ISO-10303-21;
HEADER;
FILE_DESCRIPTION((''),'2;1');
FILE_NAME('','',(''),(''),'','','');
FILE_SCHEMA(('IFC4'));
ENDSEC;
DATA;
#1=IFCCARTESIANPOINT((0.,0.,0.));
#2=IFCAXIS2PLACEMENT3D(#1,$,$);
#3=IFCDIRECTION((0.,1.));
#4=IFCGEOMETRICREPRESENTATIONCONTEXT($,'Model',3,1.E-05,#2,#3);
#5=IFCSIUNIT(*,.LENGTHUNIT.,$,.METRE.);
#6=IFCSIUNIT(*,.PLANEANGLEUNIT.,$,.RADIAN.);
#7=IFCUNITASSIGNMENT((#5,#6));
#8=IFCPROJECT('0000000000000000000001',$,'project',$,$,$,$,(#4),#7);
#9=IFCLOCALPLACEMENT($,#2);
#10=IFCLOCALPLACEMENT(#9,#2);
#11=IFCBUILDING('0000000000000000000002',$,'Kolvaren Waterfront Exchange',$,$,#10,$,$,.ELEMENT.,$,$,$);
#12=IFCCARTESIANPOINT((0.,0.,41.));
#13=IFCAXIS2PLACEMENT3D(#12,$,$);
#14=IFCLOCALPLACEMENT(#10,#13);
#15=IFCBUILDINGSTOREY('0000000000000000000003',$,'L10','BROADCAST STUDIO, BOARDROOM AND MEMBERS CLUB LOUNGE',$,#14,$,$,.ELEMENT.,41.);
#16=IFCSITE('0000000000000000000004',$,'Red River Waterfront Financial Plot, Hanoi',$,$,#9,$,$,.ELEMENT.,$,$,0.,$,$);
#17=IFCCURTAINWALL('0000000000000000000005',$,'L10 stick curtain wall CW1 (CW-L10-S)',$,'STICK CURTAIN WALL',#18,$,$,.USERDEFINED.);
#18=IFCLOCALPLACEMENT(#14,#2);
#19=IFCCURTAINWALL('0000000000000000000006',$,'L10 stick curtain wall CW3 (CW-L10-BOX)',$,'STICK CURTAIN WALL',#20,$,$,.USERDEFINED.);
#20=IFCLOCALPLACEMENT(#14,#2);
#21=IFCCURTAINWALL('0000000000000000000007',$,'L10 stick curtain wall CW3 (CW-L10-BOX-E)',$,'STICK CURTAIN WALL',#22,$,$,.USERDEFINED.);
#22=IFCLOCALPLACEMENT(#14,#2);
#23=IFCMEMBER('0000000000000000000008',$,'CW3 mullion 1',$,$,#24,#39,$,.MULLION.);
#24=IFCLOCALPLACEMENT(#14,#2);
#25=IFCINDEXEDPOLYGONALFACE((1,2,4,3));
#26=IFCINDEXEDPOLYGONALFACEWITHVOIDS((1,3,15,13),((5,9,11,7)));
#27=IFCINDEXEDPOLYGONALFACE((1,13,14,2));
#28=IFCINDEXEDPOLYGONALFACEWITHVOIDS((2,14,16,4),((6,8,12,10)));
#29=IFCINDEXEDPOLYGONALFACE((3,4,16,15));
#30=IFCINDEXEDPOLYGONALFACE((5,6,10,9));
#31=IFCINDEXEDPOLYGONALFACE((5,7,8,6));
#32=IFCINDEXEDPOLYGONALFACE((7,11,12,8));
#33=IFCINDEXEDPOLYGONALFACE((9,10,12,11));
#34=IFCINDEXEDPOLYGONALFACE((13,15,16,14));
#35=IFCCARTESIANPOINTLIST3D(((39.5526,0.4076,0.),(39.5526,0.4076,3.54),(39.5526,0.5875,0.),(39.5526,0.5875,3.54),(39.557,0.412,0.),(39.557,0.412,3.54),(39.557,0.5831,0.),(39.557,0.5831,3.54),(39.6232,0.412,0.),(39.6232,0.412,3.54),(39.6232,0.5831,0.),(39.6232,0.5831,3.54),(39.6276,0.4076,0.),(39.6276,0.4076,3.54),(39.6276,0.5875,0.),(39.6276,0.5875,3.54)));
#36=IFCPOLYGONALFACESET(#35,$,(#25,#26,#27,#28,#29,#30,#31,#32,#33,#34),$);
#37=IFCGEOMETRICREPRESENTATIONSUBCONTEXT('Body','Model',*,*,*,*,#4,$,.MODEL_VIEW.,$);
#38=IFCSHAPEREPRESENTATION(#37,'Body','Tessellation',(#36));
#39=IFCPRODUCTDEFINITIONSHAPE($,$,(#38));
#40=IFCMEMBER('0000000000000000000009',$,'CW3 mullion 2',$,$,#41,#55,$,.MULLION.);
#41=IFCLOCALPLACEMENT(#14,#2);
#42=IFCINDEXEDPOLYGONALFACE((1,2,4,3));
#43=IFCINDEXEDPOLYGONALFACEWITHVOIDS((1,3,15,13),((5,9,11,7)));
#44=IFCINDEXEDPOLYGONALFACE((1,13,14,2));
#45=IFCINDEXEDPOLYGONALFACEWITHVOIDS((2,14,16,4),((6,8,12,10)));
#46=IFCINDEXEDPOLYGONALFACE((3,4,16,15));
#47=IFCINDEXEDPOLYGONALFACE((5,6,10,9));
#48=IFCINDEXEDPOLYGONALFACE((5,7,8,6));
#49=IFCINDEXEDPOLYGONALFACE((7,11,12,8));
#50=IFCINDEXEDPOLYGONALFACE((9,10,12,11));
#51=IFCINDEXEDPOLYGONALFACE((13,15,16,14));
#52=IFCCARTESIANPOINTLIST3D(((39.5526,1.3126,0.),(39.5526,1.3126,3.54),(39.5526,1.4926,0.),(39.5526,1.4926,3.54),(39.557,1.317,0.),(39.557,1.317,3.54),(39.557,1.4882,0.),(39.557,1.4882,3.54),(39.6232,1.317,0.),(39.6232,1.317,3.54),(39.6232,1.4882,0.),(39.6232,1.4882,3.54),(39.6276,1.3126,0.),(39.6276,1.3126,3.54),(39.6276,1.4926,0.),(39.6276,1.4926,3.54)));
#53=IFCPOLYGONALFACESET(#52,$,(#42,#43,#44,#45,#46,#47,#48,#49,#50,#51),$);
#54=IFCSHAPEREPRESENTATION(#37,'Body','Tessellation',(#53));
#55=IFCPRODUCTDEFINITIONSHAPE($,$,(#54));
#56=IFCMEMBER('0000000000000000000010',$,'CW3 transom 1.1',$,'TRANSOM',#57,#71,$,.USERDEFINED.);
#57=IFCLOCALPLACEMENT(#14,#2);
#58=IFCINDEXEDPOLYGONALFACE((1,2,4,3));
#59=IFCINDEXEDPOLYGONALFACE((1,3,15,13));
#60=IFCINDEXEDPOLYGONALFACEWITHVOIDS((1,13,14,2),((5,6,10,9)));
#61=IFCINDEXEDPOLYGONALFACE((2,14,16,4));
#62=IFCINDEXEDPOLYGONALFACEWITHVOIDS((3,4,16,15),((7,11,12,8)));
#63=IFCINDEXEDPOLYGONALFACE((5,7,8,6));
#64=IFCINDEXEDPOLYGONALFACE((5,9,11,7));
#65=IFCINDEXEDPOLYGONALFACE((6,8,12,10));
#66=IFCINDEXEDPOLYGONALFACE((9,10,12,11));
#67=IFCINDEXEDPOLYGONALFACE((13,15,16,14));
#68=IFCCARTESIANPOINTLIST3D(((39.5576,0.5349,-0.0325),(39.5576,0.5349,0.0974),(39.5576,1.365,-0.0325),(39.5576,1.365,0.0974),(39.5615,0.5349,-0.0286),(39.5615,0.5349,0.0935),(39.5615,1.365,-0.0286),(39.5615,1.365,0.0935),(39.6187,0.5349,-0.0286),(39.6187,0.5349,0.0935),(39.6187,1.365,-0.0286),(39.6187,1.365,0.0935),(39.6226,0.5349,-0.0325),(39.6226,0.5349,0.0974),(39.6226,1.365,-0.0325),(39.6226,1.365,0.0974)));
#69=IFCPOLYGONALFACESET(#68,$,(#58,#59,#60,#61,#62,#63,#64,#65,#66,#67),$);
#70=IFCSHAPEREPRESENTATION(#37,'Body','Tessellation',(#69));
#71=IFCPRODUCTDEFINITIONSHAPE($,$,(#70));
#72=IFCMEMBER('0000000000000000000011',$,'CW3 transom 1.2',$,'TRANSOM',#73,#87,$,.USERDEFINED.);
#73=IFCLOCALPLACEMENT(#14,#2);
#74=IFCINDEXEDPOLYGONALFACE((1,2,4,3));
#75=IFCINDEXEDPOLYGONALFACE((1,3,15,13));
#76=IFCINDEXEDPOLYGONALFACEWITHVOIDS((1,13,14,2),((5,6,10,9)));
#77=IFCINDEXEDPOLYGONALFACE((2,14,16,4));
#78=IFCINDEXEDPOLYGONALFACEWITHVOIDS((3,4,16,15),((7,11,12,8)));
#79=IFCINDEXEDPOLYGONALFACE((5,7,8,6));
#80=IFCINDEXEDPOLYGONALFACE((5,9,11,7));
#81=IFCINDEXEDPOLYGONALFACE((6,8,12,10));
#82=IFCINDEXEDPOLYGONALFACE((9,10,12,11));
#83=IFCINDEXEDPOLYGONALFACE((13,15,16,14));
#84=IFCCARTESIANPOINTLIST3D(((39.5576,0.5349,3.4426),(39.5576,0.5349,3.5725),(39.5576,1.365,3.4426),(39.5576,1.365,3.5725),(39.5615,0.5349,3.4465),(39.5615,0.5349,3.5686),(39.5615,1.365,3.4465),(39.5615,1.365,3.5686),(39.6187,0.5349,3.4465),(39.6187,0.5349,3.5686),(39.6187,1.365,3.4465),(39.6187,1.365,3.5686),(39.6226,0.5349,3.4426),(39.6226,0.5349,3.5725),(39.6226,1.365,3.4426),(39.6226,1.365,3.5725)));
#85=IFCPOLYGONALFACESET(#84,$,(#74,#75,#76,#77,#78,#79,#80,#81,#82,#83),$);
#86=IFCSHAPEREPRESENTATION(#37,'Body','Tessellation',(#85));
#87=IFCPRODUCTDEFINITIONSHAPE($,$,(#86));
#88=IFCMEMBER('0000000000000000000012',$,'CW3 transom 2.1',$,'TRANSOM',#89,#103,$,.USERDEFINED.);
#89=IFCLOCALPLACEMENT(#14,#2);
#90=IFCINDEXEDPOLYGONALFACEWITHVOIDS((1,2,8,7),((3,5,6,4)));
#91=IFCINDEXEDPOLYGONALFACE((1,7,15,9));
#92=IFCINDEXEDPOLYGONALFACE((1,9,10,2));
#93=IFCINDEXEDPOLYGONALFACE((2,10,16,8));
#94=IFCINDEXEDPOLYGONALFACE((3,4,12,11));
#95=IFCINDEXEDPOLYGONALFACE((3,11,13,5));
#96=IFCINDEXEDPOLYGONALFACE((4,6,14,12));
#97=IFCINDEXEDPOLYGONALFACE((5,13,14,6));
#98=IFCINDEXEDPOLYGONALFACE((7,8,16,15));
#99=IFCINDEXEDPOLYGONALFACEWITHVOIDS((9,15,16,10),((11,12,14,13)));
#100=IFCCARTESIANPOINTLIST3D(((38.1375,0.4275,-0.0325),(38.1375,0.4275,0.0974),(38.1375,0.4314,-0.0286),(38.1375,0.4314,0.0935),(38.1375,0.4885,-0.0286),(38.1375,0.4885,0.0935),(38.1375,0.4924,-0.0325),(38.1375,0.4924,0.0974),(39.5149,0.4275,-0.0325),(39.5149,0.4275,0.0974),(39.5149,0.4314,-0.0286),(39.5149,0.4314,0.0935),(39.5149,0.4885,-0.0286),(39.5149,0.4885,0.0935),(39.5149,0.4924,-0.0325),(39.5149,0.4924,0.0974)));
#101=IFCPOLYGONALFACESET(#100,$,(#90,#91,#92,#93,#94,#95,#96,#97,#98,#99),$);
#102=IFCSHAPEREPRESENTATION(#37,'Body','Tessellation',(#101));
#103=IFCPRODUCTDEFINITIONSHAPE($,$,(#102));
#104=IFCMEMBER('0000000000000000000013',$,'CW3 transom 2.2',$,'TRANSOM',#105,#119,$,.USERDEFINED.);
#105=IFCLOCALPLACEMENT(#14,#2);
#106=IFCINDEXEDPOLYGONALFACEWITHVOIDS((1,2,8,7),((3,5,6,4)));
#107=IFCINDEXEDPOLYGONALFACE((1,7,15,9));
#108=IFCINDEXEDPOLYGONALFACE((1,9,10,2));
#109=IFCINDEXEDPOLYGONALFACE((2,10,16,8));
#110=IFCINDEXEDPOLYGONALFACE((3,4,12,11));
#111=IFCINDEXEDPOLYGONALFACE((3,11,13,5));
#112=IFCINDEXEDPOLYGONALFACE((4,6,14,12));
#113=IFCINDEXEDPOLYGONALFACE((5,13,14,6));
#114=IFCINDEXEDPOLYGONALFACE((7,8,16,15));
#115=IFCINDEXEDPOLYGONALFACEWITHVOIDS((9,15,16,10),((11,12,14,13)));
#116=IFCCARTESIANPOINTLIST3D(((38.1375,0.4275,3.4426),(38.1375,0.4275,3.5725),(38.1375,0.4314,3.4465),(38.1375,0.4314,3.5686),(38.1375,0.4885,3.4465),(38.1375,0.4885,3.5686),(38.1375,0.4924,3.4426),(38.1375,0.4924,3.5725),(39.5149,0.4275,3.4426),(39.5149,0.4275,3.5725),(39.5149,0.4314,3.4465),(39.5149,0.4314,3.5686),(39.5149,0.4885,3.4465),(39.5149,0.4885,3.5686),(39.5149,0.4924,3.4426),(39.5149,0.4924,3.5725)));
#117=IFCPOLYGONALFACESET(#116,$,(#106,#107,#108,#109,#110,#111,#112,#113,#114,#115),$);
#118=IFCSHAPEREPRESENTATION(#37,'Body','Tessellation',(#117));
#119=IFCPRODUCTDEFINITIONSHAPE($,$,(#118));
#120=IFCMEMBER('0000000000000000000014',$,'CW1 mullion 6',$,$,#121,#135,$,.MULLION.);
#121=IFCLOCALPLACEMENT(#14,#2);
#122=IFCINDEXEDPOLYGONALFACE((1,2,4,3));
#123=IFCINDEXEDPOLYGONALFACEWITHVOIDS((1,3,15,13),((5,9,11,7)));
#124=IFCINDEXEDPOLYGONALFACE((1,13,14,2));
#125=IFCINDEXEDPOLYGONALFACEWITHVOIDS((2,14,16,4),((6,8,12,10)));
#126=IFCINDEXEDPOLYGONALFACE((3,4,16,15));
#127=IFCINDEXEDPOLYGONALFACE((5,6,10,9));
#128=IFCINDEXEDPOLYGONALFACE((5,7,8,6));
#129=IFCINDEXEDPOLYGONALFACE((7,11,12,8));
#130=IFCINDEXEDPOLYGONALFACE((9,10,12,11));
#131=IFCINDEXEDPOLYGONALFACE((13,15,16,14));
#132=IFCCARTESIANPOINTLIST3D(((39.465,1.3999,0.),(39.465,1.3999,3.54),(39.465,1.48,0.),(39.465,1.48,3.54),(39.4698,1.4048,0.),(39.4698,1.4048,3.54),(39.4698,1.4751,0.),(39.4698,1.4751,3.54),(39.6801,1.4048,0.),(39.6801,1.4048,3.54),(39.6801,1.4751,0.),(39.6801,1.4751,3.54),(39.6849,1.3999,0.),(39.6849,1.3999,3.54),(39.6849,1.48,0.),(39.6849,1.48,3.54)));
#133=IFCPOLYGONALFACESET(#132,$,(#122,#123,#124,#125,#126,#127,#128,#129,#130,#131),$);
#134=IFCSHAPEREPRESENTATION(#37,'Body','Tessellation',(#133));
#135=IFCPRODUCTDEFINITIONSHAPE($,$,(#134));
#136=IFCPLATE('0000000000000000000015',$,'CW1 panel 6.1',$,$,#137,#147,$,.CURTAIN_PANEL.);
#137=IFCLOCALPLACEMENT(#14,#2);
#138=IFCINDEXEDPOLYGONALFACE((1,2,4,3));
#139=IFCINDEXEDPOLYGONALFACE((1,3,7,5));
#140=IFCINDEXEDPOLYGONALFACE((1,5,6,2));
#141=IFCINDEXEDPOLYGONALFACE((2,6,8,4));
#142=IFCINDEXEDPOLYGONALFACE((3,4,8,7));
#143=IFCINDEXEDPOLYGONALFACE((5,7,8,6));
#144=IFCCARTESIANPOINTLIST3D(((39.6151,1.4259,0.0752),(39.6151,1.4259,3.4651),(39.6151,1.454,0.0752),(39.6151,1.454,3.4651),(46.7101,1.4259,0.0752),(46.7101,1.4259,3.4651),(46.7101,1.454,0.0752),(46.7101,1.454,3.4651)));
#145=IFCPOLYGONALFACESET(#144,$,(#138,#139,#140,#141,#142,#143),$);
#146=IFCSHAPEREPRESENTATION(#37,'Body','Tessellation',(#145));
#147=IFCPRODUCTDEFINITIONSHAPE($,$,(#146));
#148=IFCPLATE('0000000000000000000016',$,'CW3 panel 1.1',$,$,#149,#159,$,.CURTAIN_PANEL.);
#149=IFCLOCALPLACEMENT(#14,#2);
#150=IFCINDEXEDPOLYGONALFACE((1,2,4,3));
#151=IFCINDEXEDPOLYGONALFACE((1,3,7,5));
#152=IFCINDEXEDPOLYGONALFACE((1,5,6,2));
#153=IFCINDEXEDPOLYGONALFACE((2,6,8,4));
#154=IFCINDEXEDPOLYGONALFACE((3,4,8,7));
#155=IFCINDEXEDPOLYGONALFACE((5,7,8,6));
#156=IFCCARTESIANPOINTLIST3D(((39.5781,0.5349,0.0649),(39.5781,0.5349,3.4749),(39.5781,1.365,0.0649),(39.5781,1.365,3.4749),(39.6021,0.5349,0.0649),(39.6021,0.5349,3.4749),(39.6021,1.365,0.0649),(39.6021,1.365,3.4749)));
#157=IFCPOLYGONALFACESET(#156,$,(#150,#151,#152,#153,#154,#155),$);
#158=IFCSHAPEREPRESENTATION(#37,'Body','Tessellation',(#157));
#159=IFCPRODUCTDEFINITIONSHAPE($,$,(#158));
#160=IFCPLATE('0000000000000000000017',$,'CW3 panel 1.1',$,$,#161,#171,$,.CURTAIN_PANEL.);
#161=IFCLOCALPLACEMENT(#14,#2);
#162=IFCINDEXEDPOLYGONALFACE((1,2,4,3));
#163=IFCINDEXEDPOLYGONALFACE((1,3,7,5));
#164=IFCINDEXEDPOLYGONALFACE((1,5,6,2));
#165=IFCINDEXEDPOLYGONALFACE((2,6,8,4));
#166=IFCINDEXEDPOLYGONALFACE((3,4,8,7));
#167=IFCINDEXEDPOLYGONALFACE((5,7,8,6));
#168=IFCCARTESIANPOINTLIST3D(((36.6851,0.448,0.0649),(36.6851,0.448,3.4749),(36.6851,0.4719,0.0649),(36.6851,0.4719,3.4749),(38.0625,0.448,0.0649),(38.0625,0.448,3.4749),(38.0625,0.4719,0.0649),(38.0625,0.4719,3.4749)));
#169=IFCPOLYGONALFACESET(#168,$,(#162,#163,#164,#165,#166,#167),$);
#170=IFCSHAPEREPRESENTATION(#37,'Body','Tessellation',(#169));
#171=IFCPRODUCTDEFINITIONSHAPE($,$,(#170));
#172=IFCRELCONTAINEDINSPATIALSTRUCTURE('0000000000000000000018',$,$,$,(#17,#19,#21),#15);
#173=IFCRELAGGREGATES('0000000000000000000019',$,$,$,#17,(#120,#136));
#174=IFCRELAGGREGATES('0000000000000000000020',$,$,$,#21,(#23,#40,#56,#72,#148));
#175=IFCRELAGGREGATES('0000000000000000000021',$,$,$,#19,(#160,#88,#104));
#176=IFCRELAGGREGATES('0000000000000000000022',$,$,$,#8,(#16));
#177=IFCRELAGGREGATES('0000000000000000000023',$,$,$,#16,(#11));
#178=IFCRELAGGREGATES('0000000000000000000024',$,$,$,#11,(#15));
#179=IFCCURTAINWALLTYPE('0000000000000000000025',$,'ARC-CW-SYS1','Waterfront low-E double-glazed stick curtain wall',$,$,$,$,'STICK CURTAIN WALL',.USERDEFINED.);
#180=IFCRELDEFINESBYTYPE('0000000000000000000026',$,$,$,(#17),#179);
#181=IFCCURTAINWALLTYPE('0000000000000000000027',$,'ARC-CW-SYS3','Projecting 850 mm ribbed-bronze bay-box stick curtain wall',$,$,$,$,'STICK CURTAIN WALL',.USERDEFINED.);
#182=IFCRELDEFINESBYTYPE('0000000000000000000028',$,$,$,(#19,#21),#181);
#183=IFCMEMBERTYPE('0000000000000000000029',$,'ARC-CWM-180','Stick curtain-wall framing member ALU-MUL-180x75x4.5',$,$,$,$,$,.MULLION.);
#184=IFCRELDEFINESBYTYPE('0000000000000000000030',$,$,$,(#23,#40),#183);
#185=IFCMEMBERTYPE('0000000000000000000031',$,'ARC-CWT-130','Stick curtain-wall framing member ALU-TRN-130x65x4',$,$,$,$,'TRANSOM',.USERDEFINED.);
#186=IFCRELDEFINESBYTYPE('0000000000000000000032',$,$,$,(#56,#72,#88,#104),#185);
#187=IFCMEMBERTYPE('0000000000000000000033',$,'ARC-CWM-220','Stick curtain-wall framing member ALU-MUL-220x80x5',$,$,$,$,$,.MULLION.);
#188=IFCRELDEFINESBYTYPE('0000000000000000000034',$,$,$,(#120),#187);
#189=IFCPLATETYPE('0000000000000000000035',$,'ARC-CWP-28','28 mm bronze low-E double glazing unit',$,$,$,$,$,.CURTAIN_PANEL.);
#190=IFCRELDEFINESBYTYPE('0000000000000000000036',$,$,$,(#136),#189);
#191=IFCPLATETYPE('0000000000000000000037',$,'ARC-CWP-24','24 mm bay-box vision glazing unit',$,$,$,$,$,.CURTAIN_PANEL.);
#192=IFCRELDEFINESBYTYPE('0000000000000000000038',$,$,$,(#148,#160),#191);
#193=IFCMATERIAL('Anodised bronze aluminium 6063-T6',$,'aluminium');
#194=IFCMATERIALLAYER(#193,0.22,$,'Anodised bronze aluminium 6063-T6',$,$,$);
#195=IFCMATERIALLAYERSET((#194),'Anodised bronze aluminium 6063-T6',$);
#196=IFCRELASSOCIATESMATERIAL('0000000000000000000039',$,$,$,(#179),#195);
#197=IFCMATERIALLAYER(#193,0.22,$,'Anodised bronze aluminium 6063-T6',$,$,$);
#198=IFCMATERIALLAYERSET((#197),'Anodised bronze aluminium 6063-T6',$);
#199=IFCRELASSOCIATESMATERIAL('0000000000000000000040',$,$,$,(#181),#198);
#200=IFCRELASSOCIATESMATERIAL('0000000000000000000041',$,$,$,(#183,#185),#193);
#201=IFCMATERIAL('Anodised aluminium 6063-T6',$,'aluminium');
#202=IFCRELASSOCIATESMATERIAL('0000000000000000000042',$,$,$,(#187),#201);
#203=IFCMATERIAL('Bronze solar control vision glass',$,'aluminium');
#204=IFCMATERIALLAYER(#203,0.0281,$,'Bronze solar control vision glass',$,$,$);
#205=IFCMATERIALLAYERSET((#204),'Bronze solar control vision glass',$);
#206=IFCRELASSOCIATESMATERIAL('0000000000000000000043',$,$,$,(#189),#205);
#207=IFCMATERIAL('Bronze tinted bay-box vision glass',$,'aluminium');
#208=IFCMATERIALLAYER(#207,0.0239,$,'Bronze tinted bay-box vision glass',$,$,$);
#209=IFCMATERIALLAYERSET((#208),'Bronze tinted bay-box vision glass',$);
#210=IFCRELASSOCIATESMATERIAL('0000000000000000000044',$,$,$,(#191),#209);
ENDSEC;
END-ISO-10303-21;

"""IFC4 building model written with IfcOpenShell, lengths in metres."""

from ifc_helpers import new_model, si_unit, direction, frame, origin, origin_with_axes, origin_2d, place, context, subcontext, project, spatial, rectangle, hollow_rectangle, extrude, source, transform, mapped, material, layer, layer_set, material_profile, profile_set, type_object, element, aggregate, save


model = new_model("IFC4")

# Units and contexts
model_context = context("Model", 3, precision=1e-05, world=origin(), true_north=direction((0.0, 1.0)))
body_context = subcontext(model_context, "Body", "Model", "MODEL_VIEW")
ifc_project = project(units=[si_unit("LENGTHUNIT", "METRE"), si_unit("PLANEANGLEUNIT", "RADIAN")], contexts=[model_context])

# Site, building, storey
site_placement = place(None, origin())
site = spatial("IfcSite", under=ifc_project, at=site_placement, Name="Red River Waterfront Financial Plot, Hanoi", CompositionType="ELEMENT", RefElevation=0.0)
building_placement = place(site_placement, origin())
building = spatial("IfcBuilding", under=site, at=building_placement, Name="Kolvaren Waterfront Exchange", CompositionType="ELEMENT")
storey_placement = place(building_placement, frame((0.0, 0.0, 41.0)))
storey = spatial("IfcBuildingStorey", under=building, at=storey_placement, Name="L10", Description="BROADCAST STUDIO, BOARDROOM AND MEMBERS CLUB LOUNGE", CompositionType="ELEMENT", Elevation=41.0)

# Curtain walls, members
ifc_material_1 = material(Name="Anodised bronze aluminium 6063-T6", Category="aluminium")
ifc_layer_1 = layer(ifc_material_1, 0.22, Name="Anodised bronze aluminium 6063-T6")
ifc_layer_set_1 = layer_set([ifc_layer_1], Name="Anodised bronze aluminium 6063-T6")
curtain_wall_type_1 = type_object("IfcCurtainWallType", Name="ARC-CW-SYS1", Description="Waterfront low-E double-glazed stick curtain wall", ElementType="STICK CURTAIN WALL", PredefinedType="USERDEFINED", material=ifc_layer_set_1)
curtain_wall_1_placement = place(storey_placement, origin())
curtain_wall_1 = element("IfcCurtainWall", 1, at=curtain_wall_1_placement, inside=storey, type_object=curtain_wall_type_1, Name="L10 stick curtain wall CW1 (CW-L10-S)", ObjectType="STICK CURTAIN WALL", PredefinedType="USERDEFINED")
ifc_material_2 = material(Name="Anodised aluminium 6063-T6", Category="aluminium")
ifc_layer_2 = layer(ifc_material_1, 0.22, Name="Anodised bronze aluminium 6063-T6")
ifc_layer_set_2 = layer_set([ifc_layer_2], Name="Anodised bronze aluminium 6063-T6")
curtain_wall_type_2 = type_object("IfcCurtainWallType", Name="ARC-CW-SYS3", Description="Projecting 850 mm ribbed-bronze bay-box stick curtain wall", ElementType="STICK CURTAIN WALL", PredefinedType="USERDEFINED", material=ifc_layer_set_2)
curtain_wall_2_placement = place(storey_placement, origin())
curtain_wall_2 = element("IfcCurtainWall", 2, at=curtain_wall_2_placement, inside=storey, type_object=curtain_wall_type_2, Name="L10 stick curtain wall CW3 (CW-L10-BOX)", ObjectType="STICK CURTAIN WALL", PredefinedType="USERDEFINED")
ifc_material_profile_1 = material_profile(ifc_material_1, hollow_rectangle(XDim=0.075, YDim=0.1799, WallThickness=0.0044, at=origin_2d()), Name="ALU-MUL-180x75x4.5")
ifc_profile_set_1 = profile_set([ifc_material_profile_1], Name="Anodised bronze aluminium 6063-T6")
member_type_1 = type_object("IfcMemberType", Name="ARC-CWM-180", Description="Stick curtain-wall framing member ALU-MUL-180x75x4.5", PredefinedType="MULLION", material=ifc_profile_set_1)
shared_shape_1 = source(origin_with_axes(), body_context, "Body", "SweptSolid", [
    extrude(hollow_rectangle(XDim=0.075, YDim=0.1799, WallThickness=0.0044, at=origin_2d()), origin(), (0.0, 0.0, 1.0), 3.54),
])
curtain_wall_3_placement = place(storey_placement, origin())
curtain_wall_3 = element("IfcCurtainWall", 3, at=curtain_wall_3_placement, inside=storey, type_object=curtain_wall_type_2, Name="L10 stick curtain wall CW3 (CW-L10-BOX-E)", ObjectType="STICK CURTAIN WALL", PredefinedType="USERDEFINED")
member_1_placement = place(storey_placement, frame((39.5901, 0.4976, 0.0), z_axis=(0.0, 0.0, 1.0), x_axis=(-1.0, 0.0, 0.0)))
member_1 = element("IfcMember", 4, at=member_1_placement, type_object=member_type_1, Name="CW3 mullion 1", PredefinedType="MULLION", context=body_context, shape_type="MappedRepresentation", body=[
    mapped(shared_shape_1, transform((0.0, 0.0, 0.0), x_axis=(1.0, 0.0, 0.0), y_axis=(0.0, 1.0, 0.0), z_axis=(0.0, 0.0, 1.0), scale=1.0)),
])
member_2_placement = place(storey_placement, frame((39.5901, 1.4026, 0.0), z_axis=(0.0, 0.0, 1.0), x_axis=(-1.0, 0.0, 0.0)))
member_2 = element("IfcMember", 5, at=member_2_placement, type_object=member_type_1, Name="CW3 mullion 2", PredefinedType="MULLION", context=body_context, shape_type="MappedRepresentation", body=[
    mapped(shared_shape_1, transform((0.0, 0.0, 0.0), x_axis=(1.0, 0.0, 0.0), y_axis=(0.0, 1.0, 0.0), z_axis=(0.0, 0.0, 1.0), scale=1.0)),
])
ifc_material_profile_2 = material_profile(ifc_material_1, hollow_rectangle(XDim=0.0649, YDim=0.1299, WallThickness=0.0039, at=origin_2d()), Name="ALU-TRN-130x65x4")
ifc_profile_set_2 = profile_set([ifc_material_profile_2], Name="Anodised bronze aluminium 6063-T6")
member_type_2 = type_object("IfcMemberType", Name="ARC-CWT-130", Description="Stick curtain-wall framing member ALU-TRN-130x65x4", ElementType="TRANSOM", PredefinedType="USERDEFINED", material=ifc_profile_set_2)
shared_shape_2 = source(origin_with_axes(), body_context, "Body", "SweptSolid", [
    extrude(hollow_rectangle(XDim=0.0649, YDim=0.1299, WallThickness=0.0039, at=origin_2d()), origin(), (0.0, 0.0, 1.0), 0.8301),
])
member_3_placement = place(storey_placement, frame((39.5901, 0.5349, 0.0325), z_axis=(0.0, 1.0, 0.0), x_axis=(-1.0, 0.0, 0.0)))
member_3 = element("IfcMember", 6, at=member_3_placement, type_object=member_type_2, Name="CW3 transom 1.1", ObjectType="TRANSOM", PredefinedType="USERDEFINED", context=body_context, shape_type="MappedRepresentation", body=[
    mapped(shared_shape_2, transform((0.0, 0.0, 0.0), x_axis=(1.0, 0.0, 0.0), y_axis=(0.0, 1.0, 0.0), z_axis=(0.0, 0.0, 1.0), scale=1.0)),
])
member_4_placement = place(storey_placement, frame((39.5901, 0.5349, 3.5076), z_axis=(0.0, 1.0, 0.0), x_axis=(-1.0, 0.0, 0.0)))
member_4 = element("IfcMember", 7, at=member_4_placement, type_object=member_type_2, Name="CW3 transom 1.2", ObjectType="TRANSOM", PredefinedType="USERDEFINED", context=body_context, shape_type="MappedRepresentation", body=[
    mapped(shared_shape_2, transform((0.0, 0.0, 0.0), x_axis=(1.0, 0.0, 0.0), y_axis=(0.0, 1.0, 0.0), z_axis=(0.0, 0.0, 1.0), scale=1.0)),
])

# Members
shared_shape_3 = source(origin_with_axes(), body_context, "Body", "SweptSolid", [
    extrude(hollow_rectangle(XDim=0.0649, YDim=0.1299, WallThickness=0.0039, at=origin_2d()), origin(), (0.0, 0.0, 1.0), 1.3774),
])
member_5_placement = place(storey_placement, frame((38.1375, 0.46, 0.0325), z_axis=(1.0, 0.0, 0.0), x_axis=(0.0, 1.0, 0.0)))
member_5 = element("IfcMember", 8, at=member_5_placement, type_object=member_type_2, Name="CW3 transom 2.1", ObjectType="TRANSOM", PredefinedType="USERDEFINED", context=body_context, shape_type="MappedRepresentation", body=[
    mapped(shared_shape_3, transform((0.0, 0.0, 0.0), x_axis=(1.0, 0.0, 0.0), y_axis=(0.0, 1.0, 0.0), z_axis=(0.0, 0.0, 1.0), scale=1.0)),
])
member_6_placement = place(storey_placement, frame((38.1375, 0.46, 3.5076), z_axis=(1.0, 0.0, 0.0), x_axis=(0.0, 1.0, 0.0)))
member_6 = element("IfcMember", 9, at=member_6_placement, type_object=member_type_2, Name="CW3 transom 2.2", ObjectType="TRANSOM", PredefinedType="USERDEFINED", context=body_context, shape_type="MappedRepresentation", body=[
    mapped(shared_shape_3, transform((0.0, 0.0, 0.0), x_axis=(1.0, 0.0, 0.0), y_axis=(0.0, 1.0, 0.0), z_axis=(0.0, 0.0, 1.0), scale=1.0)),
])
ifc_material_profile_3 = material_profile(ifc_material_2, hollow_rectangle(XDim=0.0801, YDim=0.22, WallThickness=0.0049, at=origin_2d()), Name="ALU-MUL-220x80x5")
ifc_profile_set_3 = profile_set([ifc_material_profile_3], Name="Anodised aluminium 6063-T6")
member_type_3 = type_object("IfcMemberType", Name="ARC-CWM-220", Description="Stick curtain-wall framing member ALU-MUL-220x80x5", PredefinedType="MULLION", material=ifc_profile_set_3)
shared_shape_4 = source(origin_with_axes(), body_context, "Body", "SweptSolid", [
    extrude(hollow_rectangle(XDim=0.0801, YDim=0.22, WallThickness=0.0049, at=origin_2d()), origin(), (0.0, 0.0, 1.0), 3.54),
])
member_7_placement = place(storey_placement, frame((39.575, 1.4399, 0.0), z_axis=(0.0, 0.0, 1.0), x_axis=(0.0, 1.0, 0.0)))
member_7 = element("IfcMember", 10, at=member_7_placement, type_object=member_type_3, Name="CW1 mullion 6", PredefinedType="MULLION", context=body_context, shape_type="MappedRepresentation", body=[
    mapped(shared_shape_4, transform((0.0, 0.0, 0.0), x_axis=(1.0, 0.0, 0.0), y_axis=(0.0, 1.0, 0.0), z_axis=(0.0, 0.0, 1.0), scale=1.0)),
])

# Plates
ifc_material_3 = material(Name="Bronze solar control vision glass", Category="aluminium")
ifc_layer_3 = layer(ifc_material_3, 0.0281, Name="Bronze solar control vision glass")
ifc_layer_set_3 = layer_set([ifc_layer_3], Name="Bronze solar control vision glass")
plate_type_1 = type_object("IfcPlateType", Name="ARC-CWP-28", Description="28 mm bronze low-E double glazing unit", PredefinedType="CURTAIN_PANEL", material=ifc_layer_set_3)
shared_shape_5 = source(origin_with_axes(), body_context, "Body", "SweptSolid", [
    extrude(rectangle(XDim=7.095, YDim=0.0281, at=origin_2d()), origin(), (0.0, 0.0, 1.0), 3.3899),
])
plate_1_placement = place(storey_placement, frame((43.1626, 1.4399, 0.0752), z_axis=(0.0, 0.0, 1.0), x_axis=(1.0, 0.0, 0.0)))
plate_1 = element("IfcPlate", 11, at=plate_1_placement, type_object=plate_type_1, Name="CW1 panel 6.1", PredefinedType="CURTAIN_PANEL", context=body_context, shape_type="MappedRepresentation", body=[
    mapped(shared_shape_5, transform((0.0, 0.0, 0.0), x_axis=(1.0, 0.0, 0.0), y_axis=(0.0, 1.0, 0.0), z_axis=(0.0, 0.0, 1.0), scale=1.0)),
])
aggregate(curtain_wall_1, [member_7, plate_1])
ifc_material_4 = material(Name="Bronze tinted bay-box vision glass", Category="aluminium")
ifc_layer_4 = layer(ifc_material_4, 0.0239, Name="Bronze tinted bay-box vision glass")
ifc_layer_set_4 = layer_set([ifc_layer_4], Name="Bronze tinted bay-box vision glass")
plate_type_2 = type_object("IfcPlateType", Name="ARC-CWP-24", Description="24 mm bay-box vision glazing unit", PredefinedType="CURTAIN_PANEL", material=ifc_layer_set_4)
shared_shape_6 = source(origin_with_axes(), body_context, "Body", "SweptSolid", [
    extrude(rectangle(XDim=0.8301, YDim=0.0239, at=origin_2d()), origin(), (0.0, 0.0, 1.0), 3.4099),
])
plate_2_placement = place(storey_placement, frame((39.5901, 0.95, 0.0649), z_axis=(0.0, 0.0, 1.0), x_axis=(0.0, 1.0, 0.0)))
plate_2 = element("IfcPlate", 12, at=plate_2_placement, type_object=plate_type_2, Name="CW3 panel 1.1", PredefinedType="CURTAIN_PANEL", context=body_context, shape_type="MappedRepresentation", body=[
    mapped(shared_shape_6, transform((0.0, 0.0, 0.0), x_axis=(1.0, 0.0, 0.0), y_axis=(0.0, 1.0, 0.0), z_axis=(0.0, 0.0, 1.0), scale=1.0)),
])
aggregate(curtain_wall_3, [member_1, member_2, member_3, member_4, plate_2])
shared_shape_7 = source(origin_with_axes(), body_context, "Body", "SweptSolid", [
    extrude(rectangle(XDim=1.3774, YDim=0.0239, at=origin_2d()), origin(), (0.0, 0.0, 1.0), 3.4099),
])
plate_3_placement = place(storey_placement, frame((37.3738, 0.46, 0.0649), z_axis=(0.0, 0.0, 1.0), x_axis=(1.0, 0.0, 0.0)))
plate_3 = element("IfcPlate", 13, at=plate_3_placement, type_object=plate_type_2, Name="CW3 panel 1.1", PredefinedType="CURTAIN_PANEL", context=body_context, shape_type="MappedRepresentation", body=[
    mapped(shared_shape_7, transform((0.0, 0.0, 0.0), x_axis=(1.0, 0.0, 0.0), y_axis=(0.0, 1.0, 0.0), z_axis=(0.0, 0.0, 1.0), scale=1.0)),
])
aggregate(curtain_wall_2, [plate_3, member_5, member_6])

save(model, "model.ifc")
